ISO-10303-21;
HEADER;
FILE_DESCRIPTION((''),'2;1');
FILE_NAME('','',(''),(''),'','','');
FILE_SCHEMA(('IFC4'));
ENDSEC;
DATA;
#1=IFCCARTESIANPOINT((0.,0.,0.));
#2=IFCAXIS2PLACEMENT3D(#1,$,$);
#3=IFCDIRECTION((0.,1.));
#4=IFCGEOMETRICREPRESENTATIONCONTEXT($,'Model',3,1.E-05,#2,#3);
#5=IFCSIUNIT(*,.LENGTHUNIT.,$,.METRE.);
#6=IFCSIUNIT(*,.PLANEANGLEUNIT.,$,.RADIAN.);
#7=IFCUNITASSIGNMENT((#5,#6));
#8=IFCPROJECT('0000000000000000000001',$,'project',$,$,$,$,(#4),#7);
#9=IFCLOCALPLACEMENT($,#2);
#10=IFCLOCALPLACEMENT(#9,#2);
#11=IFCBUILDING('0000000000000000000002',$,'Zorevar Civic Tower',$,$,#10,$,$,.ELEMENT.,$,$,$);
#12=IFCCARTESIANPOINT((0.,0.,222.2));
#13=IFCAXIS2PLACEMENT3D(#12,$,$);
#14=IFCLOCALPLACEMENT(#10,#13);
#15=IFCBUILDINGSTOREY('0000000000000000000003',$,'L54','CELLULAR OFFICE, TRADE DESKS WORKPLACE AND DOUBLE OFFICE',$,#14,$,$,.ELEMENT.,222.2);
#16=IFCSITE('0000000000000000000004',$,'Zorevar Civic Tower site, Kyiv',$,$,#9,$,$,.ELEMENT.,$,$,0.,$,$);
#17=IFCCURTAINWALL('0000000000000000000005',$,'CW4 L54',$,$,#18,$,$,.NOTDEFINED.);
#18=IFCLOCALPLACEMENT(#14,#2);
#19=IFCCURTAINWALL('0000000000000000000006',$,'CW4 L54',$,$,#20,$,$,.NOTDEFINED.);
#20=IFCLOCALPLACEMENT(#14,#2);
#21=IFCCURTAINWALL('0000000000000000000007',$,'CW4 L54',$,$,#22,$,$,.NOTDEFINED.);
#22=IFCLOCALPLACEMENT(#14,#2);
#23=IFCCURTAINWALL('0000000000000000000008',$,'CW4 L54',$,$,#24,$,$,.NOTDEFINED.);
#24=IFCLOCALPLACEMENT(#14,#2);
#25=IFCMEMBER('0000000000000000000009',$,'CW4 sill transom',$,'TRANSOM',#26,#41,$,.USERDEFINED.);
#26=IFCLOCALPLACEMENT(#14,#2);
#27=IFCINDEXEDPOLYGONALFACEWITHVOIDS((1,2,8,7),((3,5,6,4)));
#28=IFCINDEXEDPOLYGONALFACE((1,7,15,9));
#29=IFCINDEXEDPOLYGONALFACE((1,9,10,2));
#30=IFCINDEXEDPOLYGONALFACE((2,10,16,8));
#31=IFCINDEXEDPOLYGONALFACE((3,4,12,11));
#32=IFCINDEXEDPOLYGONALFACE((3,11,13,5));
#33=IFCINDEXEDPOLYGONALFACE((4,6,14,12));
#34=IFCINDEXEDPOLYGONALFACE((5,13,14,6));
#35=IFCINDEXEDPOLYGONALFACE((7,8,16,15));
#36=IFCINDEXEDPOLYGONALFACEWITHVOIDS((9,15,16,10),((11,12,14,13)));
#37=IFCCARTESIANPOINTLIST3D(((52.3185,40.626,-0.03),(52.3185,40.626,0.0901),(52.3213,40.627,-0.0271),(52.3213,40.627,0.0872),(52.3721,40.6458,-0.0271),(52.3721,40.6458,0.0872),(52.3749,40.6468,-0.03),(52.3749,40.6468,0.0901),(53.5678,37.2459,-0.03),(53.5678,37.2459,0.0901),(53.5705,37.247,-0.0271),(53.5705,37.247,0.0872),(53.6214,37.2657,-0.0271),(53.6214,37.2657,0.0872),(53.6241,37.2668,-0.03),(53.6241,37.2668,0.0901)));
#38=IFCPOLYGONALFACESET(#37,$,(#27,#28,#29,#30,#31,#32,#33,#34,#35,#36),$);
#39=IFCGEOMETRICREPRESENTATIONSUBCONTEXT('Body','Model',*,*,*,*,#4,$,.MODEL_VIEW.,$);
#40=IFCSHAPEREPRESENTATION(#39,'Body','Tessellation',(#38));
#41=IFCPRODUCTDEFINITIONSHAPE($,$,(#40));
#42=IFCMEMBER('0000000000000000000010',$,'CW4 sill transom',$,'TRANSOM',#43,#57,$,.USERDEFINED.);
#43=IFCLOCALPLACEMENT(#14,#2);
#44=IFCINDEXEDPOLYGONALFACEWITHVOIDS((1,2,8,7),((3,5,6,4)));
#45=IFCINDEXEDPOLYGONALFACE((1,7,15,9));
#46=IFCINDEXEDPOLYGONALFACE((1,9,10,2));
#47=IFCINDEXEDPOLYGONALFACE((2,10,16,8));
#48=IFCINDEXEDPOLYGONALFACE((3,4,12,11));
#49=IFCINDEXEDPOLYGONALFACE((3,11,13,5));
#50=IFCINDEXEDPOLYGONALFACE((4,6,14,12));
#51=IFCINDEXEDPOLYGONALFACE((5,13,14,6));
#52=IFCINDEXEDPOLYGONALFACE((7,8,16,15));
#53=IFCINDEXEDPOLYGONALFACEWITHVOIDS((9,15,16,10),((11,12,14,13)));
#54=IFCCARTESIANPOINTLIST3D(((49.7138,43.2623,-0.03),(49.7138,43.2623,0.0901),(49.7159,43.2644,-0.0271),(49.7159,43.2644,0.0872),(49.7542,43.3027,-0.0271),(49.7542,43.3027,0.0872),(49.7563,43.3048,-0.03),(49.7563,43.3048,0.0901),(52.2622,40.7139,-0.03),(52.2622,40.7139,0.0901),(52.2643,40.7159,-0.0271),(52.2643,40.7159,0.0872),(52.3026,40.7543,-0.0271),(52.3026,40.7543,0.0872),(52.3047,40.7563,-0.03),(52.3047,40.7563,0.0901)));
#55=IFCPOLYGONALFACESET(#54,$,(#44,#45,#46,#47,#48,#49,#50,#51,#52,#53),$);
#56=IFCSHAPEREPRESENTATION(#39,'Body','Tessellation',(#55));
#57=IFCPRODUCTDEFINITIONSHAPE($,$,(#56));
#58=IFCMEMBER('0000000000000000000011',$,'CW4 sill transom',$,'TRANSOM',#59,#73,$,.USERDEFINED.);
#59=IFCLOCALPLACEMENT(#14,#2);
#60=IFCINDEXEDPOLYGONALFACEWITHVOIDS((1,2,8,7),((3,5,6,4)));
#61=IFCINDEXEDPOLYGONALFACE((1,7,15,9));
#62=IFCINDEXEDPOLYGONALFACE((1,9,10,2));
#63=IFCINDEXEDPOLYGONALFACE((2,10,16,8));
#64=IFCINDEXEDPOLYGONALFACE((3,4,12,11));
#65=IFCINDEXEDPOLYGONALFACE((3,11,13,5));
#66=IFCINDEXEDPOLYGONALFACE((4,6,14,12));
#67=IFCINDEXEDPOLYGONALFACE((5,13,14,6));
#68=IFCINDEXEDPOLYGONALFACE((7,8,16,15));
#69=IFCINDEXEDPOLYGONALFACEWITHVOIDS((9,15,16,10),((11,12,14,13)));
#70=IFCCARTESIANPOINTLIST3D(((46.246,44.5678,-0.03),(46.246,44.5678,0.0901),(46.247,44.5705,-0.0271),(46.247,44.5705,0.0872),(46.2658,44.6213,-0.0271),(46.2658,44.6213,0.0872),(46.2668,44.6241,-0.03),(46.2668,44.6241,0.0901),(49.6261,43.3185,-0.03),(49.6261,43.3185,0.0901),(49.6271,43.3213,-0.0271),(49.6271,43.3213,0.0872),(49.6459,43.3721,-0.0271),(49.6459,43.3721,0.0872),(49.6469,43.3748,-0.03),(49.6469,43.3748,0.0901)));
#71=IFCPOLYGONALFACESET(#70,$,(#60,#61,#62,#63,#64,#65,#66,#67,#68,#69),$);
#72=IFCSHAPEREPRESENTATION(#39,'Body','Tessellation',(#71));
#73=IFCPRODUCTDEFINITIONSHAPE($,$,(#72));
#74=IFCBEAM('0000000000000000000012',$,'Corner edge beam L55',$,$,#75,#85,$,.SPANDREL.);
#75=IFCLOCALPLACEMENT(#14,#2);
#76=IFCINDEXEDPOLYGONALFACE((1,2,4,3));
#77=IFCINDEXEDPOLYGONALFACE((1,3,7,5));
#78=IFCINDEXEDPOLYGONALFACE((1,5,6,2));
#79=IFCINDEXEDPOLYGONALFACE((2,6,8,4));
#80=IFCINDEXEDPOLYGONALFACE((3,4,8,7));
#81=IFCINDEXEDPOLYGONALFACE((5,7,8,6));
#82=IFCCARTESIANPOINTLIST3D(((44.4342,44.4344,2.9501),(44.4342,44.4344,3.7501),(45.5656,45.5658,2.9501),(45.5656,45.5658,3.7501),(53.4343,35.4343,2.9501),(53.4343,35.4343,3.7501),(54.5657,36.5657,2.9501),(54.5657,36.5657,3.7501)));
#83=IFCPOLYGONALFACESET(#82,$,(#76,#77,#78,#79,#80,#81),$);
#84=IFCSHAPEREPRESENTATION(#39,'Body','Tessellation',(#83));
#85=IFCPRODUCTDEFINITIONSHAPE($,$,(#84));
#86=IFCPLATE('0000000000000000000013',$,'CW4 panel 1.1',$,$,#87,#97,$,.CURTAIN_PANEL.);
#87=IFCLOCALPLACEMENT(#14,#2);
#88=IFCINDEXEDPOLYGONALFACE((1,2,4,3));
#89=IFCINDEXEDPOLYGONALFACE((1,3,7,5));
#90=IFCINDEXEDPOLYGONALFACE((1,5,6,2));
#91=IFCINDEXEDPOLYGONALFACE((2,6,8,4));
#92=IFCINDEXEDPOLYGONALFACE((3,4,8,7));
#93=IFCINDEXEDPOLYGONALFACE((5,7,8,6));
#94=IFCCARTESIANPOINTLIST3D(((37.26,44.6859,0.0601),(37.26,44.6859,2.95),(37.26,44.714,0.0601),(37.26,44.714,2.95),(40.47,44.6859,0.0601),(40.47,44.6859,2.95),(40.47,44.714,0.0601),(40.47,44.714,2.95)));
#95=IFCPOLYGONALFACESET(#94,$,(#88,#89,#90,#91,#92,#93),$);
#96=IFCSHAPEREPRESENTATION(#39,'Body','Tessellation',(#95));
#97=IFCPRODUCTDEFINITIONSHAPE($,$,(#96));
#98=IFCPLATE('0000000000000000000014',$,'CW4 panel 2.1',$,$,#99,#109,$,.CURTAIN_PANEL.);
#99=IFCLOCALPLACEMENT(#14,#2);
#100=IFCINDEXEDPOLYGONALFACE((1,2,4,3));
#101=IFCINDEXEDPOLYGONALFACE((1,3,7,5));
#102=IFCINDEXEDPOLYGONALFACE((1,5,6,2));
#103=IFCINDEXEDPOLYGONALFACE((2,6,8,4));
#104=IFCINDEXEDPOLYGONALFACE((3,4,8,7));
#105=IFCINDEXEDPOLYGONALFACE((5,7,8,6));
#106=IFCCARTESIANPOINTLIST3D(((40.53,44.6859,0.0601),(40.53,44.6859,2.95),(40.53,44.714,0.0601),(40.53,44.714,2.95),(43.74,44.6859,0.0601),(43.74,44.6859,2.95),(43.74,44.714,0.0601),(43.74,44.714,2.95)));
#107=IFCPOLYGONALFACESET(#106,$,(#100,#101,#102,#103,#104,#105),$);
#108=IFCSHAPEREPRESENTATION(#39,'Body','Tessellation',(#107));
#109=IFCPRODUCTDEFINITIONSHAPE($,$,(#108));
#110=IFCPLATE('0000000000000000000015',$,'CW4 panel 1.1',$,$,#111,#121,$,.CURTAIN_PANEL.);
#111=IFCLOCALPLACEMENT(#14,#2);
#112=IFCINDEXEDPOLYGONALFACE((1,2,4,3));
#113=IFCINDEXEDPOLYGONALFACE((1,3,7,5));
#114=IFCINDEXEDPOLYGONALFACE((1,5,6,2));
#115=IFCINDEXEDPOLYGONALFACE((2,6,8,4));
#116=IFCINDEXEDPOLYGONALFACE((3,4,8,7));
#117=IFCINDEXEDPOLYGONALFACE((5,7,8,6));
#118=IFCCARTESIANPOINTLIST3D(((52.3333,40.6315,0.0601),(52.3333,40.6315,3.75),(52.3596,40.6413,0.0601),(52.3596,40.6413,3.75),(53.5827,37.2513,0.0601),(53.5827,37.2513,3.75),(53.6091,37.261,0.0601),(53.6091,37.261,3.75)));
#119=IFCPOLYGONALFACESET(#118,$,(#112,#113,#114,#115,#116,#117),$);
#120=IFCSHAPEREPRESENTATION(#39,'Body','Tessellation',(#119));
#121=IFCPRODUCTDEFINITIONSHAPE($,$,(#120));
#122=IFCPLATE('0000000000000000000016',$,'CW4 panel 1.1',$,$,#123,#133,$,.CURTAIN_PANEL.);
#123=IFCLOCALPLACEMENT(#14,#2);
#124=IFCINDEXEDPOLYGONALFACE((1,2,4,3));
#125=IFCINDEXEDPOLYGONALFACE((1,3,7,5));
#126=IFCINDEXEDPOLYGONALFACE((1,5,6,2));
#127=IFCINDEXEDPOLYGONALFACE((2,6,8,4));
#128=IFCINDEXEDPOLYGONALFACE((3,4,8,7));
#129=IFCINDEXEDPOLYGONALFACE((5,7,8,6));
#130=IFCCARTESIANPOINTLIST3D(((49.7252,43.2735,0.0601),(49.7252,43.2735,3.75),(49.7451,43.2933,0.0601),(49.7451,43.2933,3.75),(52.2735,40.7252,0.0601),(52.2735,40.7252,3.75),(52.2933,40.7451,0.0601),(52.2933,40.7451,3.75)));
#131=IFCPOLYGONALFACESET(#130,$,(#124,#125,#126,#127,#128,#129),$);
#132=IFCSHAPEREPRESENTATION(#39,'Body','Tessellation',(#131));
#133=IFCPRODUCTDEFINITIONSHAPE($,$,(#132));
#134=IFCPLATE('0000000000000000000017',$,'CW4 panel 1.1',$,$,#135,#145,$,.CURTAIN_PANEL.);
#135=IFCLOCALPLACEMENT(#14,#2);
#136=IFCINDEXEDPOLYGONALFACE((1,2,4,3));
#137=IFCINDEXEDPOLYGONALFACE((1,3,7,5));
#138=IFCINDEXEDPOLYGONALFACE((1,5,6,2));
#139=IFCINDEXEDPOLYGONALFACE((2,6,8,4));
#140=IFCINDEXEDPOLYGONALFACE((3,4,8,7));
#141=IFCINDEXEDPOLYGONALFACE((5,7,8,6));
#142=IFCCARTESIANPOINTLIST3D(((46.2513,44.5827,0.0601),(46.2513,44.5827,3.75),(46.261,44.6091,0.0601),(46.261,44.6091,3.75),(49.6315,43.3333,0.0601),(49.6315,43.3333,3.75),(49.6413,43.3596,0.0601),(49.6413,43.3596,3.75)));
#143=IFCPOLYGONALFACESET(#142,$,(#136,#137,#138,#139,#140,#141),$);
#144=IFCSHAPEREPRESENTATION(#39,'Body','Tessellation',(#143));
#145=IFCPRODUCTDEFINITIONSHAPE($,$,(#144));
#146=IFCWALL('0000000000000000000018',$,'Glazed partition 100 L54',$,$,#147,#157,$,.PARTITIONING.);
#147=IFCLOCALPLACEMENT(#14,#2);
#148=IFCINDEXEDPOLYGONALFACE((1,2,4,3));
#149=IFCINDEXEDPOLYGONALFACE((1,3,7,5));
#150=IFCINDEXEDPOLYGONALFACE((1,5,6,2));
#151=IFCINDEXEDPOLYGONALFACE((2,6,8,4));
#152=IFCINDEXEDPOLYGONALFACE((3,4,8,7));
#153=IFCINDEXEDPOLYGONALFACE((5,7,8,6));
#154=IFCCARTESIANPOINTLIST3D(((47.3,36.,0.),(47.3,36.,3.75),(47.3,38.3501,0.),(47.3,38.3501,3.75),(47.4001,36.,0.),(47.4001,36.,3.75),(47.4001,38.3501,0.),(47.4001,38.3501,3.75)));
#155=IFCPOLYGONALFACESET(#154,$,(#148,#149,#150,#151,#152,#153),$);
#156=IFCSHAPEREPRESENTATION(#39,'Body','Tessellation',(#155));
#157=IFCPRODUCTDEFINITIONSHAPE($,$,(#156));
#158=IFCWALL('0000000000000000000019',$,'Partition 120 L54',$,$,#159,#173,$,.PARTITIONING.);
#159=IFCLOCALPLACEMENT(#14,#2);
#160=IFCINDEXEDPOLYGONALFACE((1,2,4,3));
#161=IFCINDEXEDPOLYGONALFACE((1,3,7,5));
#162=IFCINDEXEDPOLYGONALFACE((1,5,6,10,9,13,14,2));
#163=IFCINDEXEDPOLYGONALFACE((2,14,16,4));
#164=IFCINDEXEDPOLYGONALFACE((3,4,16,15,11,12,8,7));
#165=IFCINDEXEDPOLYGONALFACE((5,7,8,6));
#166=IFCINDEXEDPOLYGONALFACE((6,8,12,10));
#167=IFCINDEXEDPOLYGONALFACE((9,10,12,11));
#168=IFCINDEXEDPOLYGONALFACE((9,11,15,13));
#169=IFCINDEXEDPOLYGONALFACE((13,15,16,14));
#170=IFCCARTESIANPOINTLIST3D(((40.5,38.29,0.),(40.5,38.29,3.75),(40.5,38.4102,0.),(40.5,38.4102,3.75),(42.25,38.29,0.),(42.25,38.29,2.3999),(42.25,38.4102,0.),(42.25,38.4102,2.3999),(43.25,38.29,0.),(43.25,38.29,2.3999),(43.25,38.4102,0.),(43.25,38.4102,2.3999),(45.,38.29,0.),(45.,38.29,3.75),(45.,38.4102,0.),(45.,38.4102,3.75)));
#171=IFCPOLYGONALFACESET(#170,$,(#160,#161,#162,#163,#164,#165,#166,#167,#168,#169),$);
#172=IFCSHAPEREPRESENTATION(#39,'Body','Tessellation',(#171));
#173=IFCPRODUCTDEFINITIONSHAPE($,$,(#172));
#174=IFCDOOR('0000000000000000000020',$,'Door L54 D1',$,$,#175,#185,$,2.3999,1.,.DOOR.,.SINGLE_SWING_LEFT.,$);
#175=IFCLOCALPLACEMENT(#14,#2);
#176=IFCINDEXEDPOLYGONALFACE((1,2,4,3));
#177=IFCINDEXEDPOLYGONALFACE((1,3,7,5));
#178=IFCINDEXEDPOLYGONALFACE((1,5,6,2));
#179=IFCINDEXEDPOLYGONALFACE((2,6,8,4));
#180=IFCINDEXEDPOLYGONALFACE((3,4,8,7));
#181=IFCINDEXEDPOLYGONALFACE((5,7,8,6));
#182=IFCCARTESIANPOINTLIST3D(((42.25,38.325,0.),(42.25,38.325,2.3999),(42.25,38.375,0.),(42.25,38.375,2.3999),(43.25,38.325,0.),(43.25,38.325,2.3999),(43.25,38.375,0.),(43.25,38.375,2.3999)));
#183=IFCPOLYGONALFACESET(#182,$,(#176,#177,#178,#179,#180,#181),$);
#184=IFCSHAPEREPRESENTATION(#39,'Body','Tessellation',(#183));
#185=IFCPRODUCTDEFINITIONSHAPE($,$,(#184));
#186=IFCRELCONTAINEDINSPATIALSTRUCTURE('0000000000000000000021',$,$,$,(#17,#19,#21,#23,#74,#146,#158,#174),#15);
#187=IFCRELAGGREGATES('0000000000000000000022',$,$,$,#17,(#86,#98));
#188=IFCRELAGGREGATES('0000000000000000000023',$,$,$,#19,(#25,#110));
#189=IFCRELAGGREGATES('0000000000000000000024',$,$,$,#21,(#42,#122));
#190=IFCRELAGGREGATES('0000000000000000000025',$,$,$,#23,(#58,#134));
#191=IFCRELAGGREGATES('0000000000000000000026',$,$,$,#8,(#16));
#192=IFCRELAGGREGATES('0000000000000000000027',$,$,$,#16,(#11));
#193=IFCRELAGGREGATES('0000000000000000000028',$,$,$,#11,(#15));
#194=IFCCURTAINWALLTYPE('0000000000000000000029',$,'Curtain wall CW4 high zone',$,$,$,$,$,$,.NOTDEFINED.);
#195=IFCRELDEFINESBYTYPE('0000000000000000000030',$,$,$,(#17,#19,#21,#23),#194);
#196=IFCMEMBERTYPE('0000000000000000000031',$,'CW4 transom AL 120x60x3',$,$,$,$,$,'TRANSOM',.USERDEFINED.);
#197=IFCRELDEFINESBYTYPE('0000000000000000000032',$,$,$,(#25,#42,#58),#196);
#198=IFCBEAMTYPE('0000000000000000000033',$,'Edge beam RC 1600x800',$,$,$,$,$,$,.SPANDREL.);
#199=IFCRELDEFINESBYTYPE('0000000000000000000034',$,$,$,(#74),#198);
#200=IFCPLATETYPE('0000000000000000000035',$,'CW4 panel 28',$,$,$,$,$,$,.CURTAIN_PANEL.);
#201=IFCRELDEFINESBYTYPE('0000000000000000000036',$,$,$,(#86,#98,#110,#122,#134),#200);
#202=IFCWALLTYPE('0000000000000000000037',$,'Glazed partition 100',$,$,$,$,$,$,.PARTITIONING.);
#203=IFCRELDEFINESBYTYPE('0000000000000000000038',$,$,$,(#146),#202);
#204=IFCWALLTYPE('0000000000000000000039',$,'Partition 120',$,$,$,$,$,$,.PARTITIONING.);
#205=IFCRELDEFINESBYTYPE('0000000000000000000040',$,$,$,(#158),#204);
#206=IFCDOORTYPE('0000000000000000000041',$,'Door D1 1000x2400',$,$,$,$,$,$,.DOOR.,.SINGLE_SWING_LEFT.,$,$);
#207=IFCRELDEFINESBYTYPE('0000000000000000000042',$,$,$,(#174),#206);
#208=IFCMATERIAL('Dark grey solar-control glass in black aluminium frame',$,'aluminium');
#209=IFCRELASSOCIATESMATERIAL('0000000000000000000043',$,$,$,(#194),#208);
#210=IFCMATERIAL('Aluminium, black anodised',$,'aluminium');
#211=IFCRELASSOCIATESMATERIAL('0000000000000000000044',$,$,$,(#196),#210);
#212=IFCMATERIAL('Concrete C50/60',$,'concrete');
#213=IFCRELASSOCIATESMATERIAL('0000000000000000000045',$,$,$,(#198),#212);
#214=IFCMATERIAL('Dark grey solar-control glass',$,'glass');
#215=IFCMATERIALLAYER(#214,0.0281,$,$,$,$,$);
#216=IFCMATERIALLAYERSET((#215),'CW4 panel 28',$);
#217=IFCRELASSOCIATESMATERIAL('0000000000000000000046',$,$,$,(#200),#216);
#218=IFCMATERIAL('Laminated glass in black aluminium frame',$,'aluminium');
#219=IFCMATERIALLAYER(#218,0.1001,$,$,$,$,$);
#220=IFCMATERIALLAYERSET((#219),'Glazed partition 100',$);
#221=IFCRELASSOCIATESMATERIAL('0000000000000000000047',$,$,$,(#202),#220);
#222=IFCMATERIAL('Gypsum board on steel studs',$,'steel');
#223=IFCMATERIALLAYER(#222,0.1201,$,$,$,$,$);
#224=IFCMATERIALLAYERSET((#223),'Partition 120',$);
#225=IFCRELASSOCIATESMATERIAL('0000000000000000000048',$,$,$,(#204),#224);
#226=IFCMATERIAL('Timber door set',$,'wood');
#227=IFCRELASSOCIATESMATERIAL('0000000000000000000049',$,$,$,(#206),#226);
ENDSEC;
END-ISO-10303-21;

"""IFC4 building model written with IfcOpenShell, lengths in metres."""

from ifc_helpers import new_model, si_unit, direction, frame, frame_2d, origin, origin_2d, place, context, subcontext, project, spatial, rectangle, hollow_rectangle, extrude, material, layer, layer_set, material_profile, profile_set, type_object, element, fill, aggregate, save


model = new_model("IFC4")

# Units and contexts
model_context = context("Model", 3, precision=1e-05, world=origin(), true_north=direction((0.0, 1.0)))
body_context = subcontext(model_context, "Body", "Model", "MODEL_VIEW")
ifc_project = project(units=[si_unit("LENGTHUNIT", "METRE"), si_unit("PLANEANGLEUNIT", "RADIAN")], contexts=[model_context])

# Site, building, storey
site_placement = place(None, origin())
site = spatial("IfcSite", under=ifc_project, at=site_placement, Name="Zorevar Civic Tower site, Kyiv", CompositionType="ELEMENT", RefElevation=0.0)
building_placement = place(site_placement, origin())
building = spatial("IfcBuilding", under=site, at=building_placement, Name="Zorevar Civic Tower", CompositionType="ELEMENT")
storey_placement = place(building_placement, frame((0.0, 0.0, 222.2)))
storey = spatial("IfcBuildingStorey", under=building, at=storey_placement, Name="L54", Description="CELLULAR OFFICE, TRADE DESKS WORKPLACE AND DOUBLE OFFICE", CompositionType="ELEMENT", Elevation=222.2)

# Curtain walls
ifc_material_1 = material(Name="Dark grey solar-control glass in black aluminium frame", Category="aluminium")
curtain_wall_type = type_object("IfcCurtainWallType", Name="Curtain wall CW4 high zone", PredefinedType="NOTDEFINED", material=ifc_material_1)
curtain_wall_1_placement = place(storey_placement, origin())
curtain_wall_1 = element("IfcCurtainWall", 1, at=curtain_wall_1_placement, inside=storey, type_object=curtain_wall_type, Name="CW4 L54", PredefinedType="NOTDEFINED")
curtain_wall_2_placement = place(storey_placement, origin())
curtain_wall_2 = element("IfcCurtainWall", 2, at=curtain_wall_2_placement, inside=storey, type_object=curtain_wall_type, Name="CW4 L54", PredefinedType="NOTDEFINED")
curtain_wall_3_placement = place(storey_placement, origin())
curtain_wall_3 = element("IfcCurtainWall", 3, at=curtain_wall_3_placement, inside=storey, type_object=curtain_wall_type, Name="CW4 L54", PredefinedType="NOTDEFINED")
curtain_wall_4_placement = place(storey_placement, origin())
curtain_wall_4 = element("IfcCurtainWall", 4, at=curtain_wall_4_placement, inside=storey, type_object=curtain_wall_type, Name="CW4 L54", PredefinedType="NOTDEFINED")

# Members
ifc_material_2 = material(Name="Aluminium, black anodised", Category="aluminium")
ifc_material_profile_1 = material_profile(ifc_material_2, hollow_rectangle(XDim=0.0601, YDim=0.1201, WallThickness=0.0029, at=origin_2d()), Name="AL 120x60x3")
ifc_profile_set_1 = profile_set([ifc_material_profile_1], Name="Aluminium, black anodised")
member_type_1 = type_object("IfcMemberType", Name="CW4 transom AL 120x60x3", ElementType="TRANSOM", PredefinedType="USERDEFINED", material=ifc_profile_set_1)
member_1_placement = place(storey_placement, frame((53.5959, 37.2563, 0.03), z_axis=(-0.346672, 0.937986, 0.0), x_axis=(-0.937986, -0.346672, 0.0)))
member_1 = element("IfcMember", 5, at=member_1_placement, type_object=member_type_1, Name="CW4 sill transom", ObjectType="TRANSOM", PredefinedType="USERDEFINED", context=body_context, shape_type="SweptSolid", body=[
    extrude(hollow_rectangle(XDim=0.0601, YDim=0.1201, WallThickness=0.0029, at=origin_2d()), origin(), (0.0, 0.0, 1.0), 3.6035),
])
member_2_placement = place(storey_placement, frame((52.2834, 40.7351, 0.03), z_axis=(-0.707107, 0.707107, 0.0), x_axis=(-0.707107, -0.707107, 0.0)))
member_2 = element("IfcMember", 6, at=member_2_placement, type_object=member_type_1, Name="CW4 sill transom", ObjectType="TRANSOM", PredefinedType="USERDEFINED", context=body_context, shape_type="SweptSolid", body=[
    extrude(hollow_rectangle(XDim=0.0601, YDim=0.1201, WallThickness=0.0029, at=origin_2d()), origin(), (0.0, 0.0, 1.0), 3.604),
])
member_3_placement = place(storey_placement, frame((49.6365, 43.3467, 0.03), z_axis=(-0.937986, 0.346672, 0.0), x_axis=(-0.346672, -0.937986, 0.0)))
member_3 = element("IfcMember", 7, at=member_3_placement, type_object=member_type_1, Name="CW4 sill transom", ObjectType="TRANSOM", PredefinedType="USERDEFINED", context=body_context, shape_type="SweptSolid", body=[
    extrude(hollow_rectangle(XDim=0.0601, YDim=0.1201, WallThickness=0.0029, at=origin_2d()), origin(), (0.0, 0.0, 1.0), 3.6035),
])

# Beam
ifc_material_3 = material(Name="Concrete C50/60", Category="concrete")
ifc_material_profile_2 = material_profile(ifc_material_3, rectangle(XDim=1.6001, YDim=0.8, at=origin_2d()), Name="RC 1600x800")
ifc_profile_set_2 = profile_set([ifc_material_profile_2], Name="Concrete C50/60")
beam_type_1 = type_object("IfcBeamType", Name="Edge beam RC 1600x800", PredefinedType="SPANDREL", material=ifc_profile_set_2)
beam_1_placement = place(storey_placement, frame((54.0, 36.0, 3.3501), z_axis=(-0.707107, 0.707107, 0.0), x_axis=(-0.707107, -0.707107, 0.0)))
element("IfcBeam", 8, at=beam_1_placement, inside=storey, type_object=beam_type_1, Name="Corner edge beam L55", PredefinedType="SPANDREL", context=body_context, shape_type="SweptSolid", body=[
    extrude(rectangle(XDim=1.6001, YDim=0.8, at=origin_2d()), origin(), (0.0, 0.0, 1.0), 12.728),
])

# Plates
ifc_material_4 = material(Name="Dark grey solar-control glass", Category="glass")
ifc_layer_1 = layer(ifc_material_4, 0.0281)
ifc_layer_set_1 = layer_set([ifc_layer_1], Name="CW4 panel 28")
plate_type = type_object("IfcPlateType", Name="CW4 panel 28", PredefinedType="CURTAIN_PANEL", material=ifc_layer_set_1)
plate_1_placement = place(storey_placement, frame((38.865, 44.7, 0.0601), z_axis=(0.0, 0.0, 1.0), x_axis=(1.0, 0.0, 0.0)))
plate_1 = element("IfcPlate", 9, at=plate_1_placement, type_object=plate_type, Name="CW4 panel 1.1", PredefinedType="CURTAIN_PANEL", context=body_context, shape_type="SweptSolid", body=[
    extrude(rectangle(XDim=3.21, YDim=0.0281, at=origin_2d()), origin(), (0.0, 0.0, 1.0), 2.8899),
])
plate_2_placement = place(storey_placement, frame((42.135, 44.7, 0.0601), z_axis=(0.0, 0.0, 1.0), x_axis=(1.0, 0.0, 0.0)))
plate_2 = element("IfcPlate", 10, at=plate_2_placement, type_object=plate_type, Name="CW4 panel 2.1", PredefinedType="CURTAIN_PANEL", context=body_context, shape_type="SweptSolid", body=[
    extrude(rectangle(XDim=3.21, YDim=0.0281, at=origin_2d()), origin(), (0.0, 0.0, 1.0), 2.8899),
])
aggregate(curtain_wall_1, [plate_1, plate_2])
plate_3_placement = place(storey_placement, frame((52.9712, 38.9463, 0.0601), z_axis=(0.0, 0.0, 1.0), x_axis=(-0.346704, 0.937975, 0.0)))
plate_3 = element("IfcPlate", 11, at=plate_3_placement, type_object=plate_type, Name="CW4 panel 1.1", PredefinedType="CURTAIN_PANEL", context=body_context, shape_type="SweptSolid", body=[
    extrude(rectangle(XDim=3.6038, YDim=0.0281, at=origin_2d()), origin(), (0.0, 0.0, 1.0), 3.6899),
])
aggregate(curtain_wall_2, [member_1, plate_3])
plate_4_placement = place(storey_placement, frame((51.0093, 42.0093, 0.0601), z_axis=(0.0, 0.0, 1.0), x_axis=(-0.707107, 0.707107, 0.0)))
plate_4 = element("IfcPlate", 12, at=plate_4_placement, type_object=plate_type, Name="CW4 panel 1.1", PredefinedType="CURTAIN_PANEL", context=body_context, shape_type="SweptSolid", body=[
    extrude(rectangle(XDim=3.6038, YDim=0.0281, at=origin_2d()), origin(), (0.0, 0.0, 1.0), 3.6899),
])
aggregate(curtain_wall_3, [member_2, plate_4])
plate_5_placement = place(storey_placement, frame((47.9463, 43.9712, 0.0601), z_axis=(0.0, 0.0, 1.0), x_axis=(-0.937975, 0.346704, 0.0)))
plate_5 = element("IfcPlate", 13, at=plate_5_placement, type_object=plate_type, Name="CW4 panel 1.1", PredefinedType="CURTAIN_PANEL", context=body_context, shape_type="SweptSolid", body=[
    extrude(rectangle(XDim=3.6038, YDim=0.0281, at=origin_2d()), origin(), (0.0, 0.0, 1.0), 3.6899),
])
aggregate(curtain_wall_4, [member_3, plate_5])

# Shared definitions
ifc_material_5 = material(Name="Laminated glass in black aluminium frame", Category="aluminium")
ifc_layer_2 = layer(ifc_material_5, 0.1001)
ifc_layer_set_2 = layer_set([ifc_layer_2], Name="Glazed partition 100")
wall_type_1 = type_object("IfcWallType", Name="Glazed partition 100", PredefinedType="PARTITIONING", material=ifc_layer_set_2)

# Wall
wall_1_placement = place(storey_placement, frame((47.3501, 36.0, 0.0), z_axis=(0.0, 0.0, 1.0), x_axis=(0.0, 1.0, 0.0)))
element("IfcWall", 14, at=wall_1_placement, inside=storey, type_object=wall_type_1, Name="Glazed partition 100 L54", PredefinedType="PARTITIONING", context=body_context, shape_type="SweptSolid", body=[
    extrude(rectangle(XDim=2.3501, YDim=0.1001, at=frame_2d((1.175, 0.0))), origin(), (0.0, 0.0, 1.0), 3.75),
])

# Wall, opening, door
ifc_material_6 = material(Name="Gypsum board on steel studs", Category="steel")
ifc_layer_3 = layer(ifc_material_6, 0.1201)
ifc_layer_set_3 = layer_set([ifc_layer_3], Name="Partition 120")
wall_type_2 = type_object("IfcWallType", Name="Partition 120", PredefinedType="PARTITIONING", material=ifc_layer_set_3)
wall_2_placement = place(storey_placement, frame((40.5, 38.3501, 0.0), z_axis=(0.0, 0.0, 1.0), x_axis=(1.0, 0.0, 0.0)))
wall_2 = element("IfcWall", 15, at=wall_2_placement, inside=storey, type_object=wall_type_2, Name="Partition 120 L54", PredefinedType="PARTITIONING", context=body_context, shape_type="SweptSolid", body=[
    extrude(rectangle(XDim=4.5, YDim=0.1201, at=frame_2d((2.25, 0.0))), origin(), (0.0, 0.0, 1.0), 3.75),
])
opening_1_placement = place(wall_2_placement, frame((1.75, 0.0, 0.0)))
opening_1 = element("IfcOpeningElement", 16, at=opening_1_placement, cuts=wall_2, PredefinedType="OPENING", context=body_context, shape_type="SweptSolid", body=[
    extrude(rectangle(XDim=1.0, YDim=2.3999, at=frame_2d((0.5, 1.2))), frame((0.0, 0.0701, 0.0), z_axis=(0.0, -1.0, 0.0), x_axis=(1.0, 0.0, 0.0)), (0.0, 0.0, 1.0), 0.1401),
])
ifc_material_7 = material(Name="Timber door set", Category="wood")
door_type_1 = type_object("IfcDoorType", Name="Door D1 1000x2400", OperationType="SINGLE_SWING_LEFT", PredefinedType="DOOR", material=ifc_material_7)
door_1_placement = place(opening_1_placement, origin())
door_1 = element("IfcDoor", 17, at=door_1_placement, inside=storey, type_object=door_type_1, Name="Door L54 D1", OperationType="SINGLE_SWING_LEFT", OverallHeight=2.3999, OverallWidth=1.0, PredefinedType="DOOR", context=body_context, shape_type="SweptSolid", body=[
    extrude(rectangle(XDim=1.0, YDim=2.3999, at=frame_2d((0.5, 1.2))), frame((0.0, 0.0249, 0.0), z_axis=(0.0, -1.0, 0.0), x_axis=(1.0, 0.0, 0.0)), (0.0, 0.0, 1.0), 0.05),
])
fill(opening_1, door_1)

save(model, "model.ifc")
